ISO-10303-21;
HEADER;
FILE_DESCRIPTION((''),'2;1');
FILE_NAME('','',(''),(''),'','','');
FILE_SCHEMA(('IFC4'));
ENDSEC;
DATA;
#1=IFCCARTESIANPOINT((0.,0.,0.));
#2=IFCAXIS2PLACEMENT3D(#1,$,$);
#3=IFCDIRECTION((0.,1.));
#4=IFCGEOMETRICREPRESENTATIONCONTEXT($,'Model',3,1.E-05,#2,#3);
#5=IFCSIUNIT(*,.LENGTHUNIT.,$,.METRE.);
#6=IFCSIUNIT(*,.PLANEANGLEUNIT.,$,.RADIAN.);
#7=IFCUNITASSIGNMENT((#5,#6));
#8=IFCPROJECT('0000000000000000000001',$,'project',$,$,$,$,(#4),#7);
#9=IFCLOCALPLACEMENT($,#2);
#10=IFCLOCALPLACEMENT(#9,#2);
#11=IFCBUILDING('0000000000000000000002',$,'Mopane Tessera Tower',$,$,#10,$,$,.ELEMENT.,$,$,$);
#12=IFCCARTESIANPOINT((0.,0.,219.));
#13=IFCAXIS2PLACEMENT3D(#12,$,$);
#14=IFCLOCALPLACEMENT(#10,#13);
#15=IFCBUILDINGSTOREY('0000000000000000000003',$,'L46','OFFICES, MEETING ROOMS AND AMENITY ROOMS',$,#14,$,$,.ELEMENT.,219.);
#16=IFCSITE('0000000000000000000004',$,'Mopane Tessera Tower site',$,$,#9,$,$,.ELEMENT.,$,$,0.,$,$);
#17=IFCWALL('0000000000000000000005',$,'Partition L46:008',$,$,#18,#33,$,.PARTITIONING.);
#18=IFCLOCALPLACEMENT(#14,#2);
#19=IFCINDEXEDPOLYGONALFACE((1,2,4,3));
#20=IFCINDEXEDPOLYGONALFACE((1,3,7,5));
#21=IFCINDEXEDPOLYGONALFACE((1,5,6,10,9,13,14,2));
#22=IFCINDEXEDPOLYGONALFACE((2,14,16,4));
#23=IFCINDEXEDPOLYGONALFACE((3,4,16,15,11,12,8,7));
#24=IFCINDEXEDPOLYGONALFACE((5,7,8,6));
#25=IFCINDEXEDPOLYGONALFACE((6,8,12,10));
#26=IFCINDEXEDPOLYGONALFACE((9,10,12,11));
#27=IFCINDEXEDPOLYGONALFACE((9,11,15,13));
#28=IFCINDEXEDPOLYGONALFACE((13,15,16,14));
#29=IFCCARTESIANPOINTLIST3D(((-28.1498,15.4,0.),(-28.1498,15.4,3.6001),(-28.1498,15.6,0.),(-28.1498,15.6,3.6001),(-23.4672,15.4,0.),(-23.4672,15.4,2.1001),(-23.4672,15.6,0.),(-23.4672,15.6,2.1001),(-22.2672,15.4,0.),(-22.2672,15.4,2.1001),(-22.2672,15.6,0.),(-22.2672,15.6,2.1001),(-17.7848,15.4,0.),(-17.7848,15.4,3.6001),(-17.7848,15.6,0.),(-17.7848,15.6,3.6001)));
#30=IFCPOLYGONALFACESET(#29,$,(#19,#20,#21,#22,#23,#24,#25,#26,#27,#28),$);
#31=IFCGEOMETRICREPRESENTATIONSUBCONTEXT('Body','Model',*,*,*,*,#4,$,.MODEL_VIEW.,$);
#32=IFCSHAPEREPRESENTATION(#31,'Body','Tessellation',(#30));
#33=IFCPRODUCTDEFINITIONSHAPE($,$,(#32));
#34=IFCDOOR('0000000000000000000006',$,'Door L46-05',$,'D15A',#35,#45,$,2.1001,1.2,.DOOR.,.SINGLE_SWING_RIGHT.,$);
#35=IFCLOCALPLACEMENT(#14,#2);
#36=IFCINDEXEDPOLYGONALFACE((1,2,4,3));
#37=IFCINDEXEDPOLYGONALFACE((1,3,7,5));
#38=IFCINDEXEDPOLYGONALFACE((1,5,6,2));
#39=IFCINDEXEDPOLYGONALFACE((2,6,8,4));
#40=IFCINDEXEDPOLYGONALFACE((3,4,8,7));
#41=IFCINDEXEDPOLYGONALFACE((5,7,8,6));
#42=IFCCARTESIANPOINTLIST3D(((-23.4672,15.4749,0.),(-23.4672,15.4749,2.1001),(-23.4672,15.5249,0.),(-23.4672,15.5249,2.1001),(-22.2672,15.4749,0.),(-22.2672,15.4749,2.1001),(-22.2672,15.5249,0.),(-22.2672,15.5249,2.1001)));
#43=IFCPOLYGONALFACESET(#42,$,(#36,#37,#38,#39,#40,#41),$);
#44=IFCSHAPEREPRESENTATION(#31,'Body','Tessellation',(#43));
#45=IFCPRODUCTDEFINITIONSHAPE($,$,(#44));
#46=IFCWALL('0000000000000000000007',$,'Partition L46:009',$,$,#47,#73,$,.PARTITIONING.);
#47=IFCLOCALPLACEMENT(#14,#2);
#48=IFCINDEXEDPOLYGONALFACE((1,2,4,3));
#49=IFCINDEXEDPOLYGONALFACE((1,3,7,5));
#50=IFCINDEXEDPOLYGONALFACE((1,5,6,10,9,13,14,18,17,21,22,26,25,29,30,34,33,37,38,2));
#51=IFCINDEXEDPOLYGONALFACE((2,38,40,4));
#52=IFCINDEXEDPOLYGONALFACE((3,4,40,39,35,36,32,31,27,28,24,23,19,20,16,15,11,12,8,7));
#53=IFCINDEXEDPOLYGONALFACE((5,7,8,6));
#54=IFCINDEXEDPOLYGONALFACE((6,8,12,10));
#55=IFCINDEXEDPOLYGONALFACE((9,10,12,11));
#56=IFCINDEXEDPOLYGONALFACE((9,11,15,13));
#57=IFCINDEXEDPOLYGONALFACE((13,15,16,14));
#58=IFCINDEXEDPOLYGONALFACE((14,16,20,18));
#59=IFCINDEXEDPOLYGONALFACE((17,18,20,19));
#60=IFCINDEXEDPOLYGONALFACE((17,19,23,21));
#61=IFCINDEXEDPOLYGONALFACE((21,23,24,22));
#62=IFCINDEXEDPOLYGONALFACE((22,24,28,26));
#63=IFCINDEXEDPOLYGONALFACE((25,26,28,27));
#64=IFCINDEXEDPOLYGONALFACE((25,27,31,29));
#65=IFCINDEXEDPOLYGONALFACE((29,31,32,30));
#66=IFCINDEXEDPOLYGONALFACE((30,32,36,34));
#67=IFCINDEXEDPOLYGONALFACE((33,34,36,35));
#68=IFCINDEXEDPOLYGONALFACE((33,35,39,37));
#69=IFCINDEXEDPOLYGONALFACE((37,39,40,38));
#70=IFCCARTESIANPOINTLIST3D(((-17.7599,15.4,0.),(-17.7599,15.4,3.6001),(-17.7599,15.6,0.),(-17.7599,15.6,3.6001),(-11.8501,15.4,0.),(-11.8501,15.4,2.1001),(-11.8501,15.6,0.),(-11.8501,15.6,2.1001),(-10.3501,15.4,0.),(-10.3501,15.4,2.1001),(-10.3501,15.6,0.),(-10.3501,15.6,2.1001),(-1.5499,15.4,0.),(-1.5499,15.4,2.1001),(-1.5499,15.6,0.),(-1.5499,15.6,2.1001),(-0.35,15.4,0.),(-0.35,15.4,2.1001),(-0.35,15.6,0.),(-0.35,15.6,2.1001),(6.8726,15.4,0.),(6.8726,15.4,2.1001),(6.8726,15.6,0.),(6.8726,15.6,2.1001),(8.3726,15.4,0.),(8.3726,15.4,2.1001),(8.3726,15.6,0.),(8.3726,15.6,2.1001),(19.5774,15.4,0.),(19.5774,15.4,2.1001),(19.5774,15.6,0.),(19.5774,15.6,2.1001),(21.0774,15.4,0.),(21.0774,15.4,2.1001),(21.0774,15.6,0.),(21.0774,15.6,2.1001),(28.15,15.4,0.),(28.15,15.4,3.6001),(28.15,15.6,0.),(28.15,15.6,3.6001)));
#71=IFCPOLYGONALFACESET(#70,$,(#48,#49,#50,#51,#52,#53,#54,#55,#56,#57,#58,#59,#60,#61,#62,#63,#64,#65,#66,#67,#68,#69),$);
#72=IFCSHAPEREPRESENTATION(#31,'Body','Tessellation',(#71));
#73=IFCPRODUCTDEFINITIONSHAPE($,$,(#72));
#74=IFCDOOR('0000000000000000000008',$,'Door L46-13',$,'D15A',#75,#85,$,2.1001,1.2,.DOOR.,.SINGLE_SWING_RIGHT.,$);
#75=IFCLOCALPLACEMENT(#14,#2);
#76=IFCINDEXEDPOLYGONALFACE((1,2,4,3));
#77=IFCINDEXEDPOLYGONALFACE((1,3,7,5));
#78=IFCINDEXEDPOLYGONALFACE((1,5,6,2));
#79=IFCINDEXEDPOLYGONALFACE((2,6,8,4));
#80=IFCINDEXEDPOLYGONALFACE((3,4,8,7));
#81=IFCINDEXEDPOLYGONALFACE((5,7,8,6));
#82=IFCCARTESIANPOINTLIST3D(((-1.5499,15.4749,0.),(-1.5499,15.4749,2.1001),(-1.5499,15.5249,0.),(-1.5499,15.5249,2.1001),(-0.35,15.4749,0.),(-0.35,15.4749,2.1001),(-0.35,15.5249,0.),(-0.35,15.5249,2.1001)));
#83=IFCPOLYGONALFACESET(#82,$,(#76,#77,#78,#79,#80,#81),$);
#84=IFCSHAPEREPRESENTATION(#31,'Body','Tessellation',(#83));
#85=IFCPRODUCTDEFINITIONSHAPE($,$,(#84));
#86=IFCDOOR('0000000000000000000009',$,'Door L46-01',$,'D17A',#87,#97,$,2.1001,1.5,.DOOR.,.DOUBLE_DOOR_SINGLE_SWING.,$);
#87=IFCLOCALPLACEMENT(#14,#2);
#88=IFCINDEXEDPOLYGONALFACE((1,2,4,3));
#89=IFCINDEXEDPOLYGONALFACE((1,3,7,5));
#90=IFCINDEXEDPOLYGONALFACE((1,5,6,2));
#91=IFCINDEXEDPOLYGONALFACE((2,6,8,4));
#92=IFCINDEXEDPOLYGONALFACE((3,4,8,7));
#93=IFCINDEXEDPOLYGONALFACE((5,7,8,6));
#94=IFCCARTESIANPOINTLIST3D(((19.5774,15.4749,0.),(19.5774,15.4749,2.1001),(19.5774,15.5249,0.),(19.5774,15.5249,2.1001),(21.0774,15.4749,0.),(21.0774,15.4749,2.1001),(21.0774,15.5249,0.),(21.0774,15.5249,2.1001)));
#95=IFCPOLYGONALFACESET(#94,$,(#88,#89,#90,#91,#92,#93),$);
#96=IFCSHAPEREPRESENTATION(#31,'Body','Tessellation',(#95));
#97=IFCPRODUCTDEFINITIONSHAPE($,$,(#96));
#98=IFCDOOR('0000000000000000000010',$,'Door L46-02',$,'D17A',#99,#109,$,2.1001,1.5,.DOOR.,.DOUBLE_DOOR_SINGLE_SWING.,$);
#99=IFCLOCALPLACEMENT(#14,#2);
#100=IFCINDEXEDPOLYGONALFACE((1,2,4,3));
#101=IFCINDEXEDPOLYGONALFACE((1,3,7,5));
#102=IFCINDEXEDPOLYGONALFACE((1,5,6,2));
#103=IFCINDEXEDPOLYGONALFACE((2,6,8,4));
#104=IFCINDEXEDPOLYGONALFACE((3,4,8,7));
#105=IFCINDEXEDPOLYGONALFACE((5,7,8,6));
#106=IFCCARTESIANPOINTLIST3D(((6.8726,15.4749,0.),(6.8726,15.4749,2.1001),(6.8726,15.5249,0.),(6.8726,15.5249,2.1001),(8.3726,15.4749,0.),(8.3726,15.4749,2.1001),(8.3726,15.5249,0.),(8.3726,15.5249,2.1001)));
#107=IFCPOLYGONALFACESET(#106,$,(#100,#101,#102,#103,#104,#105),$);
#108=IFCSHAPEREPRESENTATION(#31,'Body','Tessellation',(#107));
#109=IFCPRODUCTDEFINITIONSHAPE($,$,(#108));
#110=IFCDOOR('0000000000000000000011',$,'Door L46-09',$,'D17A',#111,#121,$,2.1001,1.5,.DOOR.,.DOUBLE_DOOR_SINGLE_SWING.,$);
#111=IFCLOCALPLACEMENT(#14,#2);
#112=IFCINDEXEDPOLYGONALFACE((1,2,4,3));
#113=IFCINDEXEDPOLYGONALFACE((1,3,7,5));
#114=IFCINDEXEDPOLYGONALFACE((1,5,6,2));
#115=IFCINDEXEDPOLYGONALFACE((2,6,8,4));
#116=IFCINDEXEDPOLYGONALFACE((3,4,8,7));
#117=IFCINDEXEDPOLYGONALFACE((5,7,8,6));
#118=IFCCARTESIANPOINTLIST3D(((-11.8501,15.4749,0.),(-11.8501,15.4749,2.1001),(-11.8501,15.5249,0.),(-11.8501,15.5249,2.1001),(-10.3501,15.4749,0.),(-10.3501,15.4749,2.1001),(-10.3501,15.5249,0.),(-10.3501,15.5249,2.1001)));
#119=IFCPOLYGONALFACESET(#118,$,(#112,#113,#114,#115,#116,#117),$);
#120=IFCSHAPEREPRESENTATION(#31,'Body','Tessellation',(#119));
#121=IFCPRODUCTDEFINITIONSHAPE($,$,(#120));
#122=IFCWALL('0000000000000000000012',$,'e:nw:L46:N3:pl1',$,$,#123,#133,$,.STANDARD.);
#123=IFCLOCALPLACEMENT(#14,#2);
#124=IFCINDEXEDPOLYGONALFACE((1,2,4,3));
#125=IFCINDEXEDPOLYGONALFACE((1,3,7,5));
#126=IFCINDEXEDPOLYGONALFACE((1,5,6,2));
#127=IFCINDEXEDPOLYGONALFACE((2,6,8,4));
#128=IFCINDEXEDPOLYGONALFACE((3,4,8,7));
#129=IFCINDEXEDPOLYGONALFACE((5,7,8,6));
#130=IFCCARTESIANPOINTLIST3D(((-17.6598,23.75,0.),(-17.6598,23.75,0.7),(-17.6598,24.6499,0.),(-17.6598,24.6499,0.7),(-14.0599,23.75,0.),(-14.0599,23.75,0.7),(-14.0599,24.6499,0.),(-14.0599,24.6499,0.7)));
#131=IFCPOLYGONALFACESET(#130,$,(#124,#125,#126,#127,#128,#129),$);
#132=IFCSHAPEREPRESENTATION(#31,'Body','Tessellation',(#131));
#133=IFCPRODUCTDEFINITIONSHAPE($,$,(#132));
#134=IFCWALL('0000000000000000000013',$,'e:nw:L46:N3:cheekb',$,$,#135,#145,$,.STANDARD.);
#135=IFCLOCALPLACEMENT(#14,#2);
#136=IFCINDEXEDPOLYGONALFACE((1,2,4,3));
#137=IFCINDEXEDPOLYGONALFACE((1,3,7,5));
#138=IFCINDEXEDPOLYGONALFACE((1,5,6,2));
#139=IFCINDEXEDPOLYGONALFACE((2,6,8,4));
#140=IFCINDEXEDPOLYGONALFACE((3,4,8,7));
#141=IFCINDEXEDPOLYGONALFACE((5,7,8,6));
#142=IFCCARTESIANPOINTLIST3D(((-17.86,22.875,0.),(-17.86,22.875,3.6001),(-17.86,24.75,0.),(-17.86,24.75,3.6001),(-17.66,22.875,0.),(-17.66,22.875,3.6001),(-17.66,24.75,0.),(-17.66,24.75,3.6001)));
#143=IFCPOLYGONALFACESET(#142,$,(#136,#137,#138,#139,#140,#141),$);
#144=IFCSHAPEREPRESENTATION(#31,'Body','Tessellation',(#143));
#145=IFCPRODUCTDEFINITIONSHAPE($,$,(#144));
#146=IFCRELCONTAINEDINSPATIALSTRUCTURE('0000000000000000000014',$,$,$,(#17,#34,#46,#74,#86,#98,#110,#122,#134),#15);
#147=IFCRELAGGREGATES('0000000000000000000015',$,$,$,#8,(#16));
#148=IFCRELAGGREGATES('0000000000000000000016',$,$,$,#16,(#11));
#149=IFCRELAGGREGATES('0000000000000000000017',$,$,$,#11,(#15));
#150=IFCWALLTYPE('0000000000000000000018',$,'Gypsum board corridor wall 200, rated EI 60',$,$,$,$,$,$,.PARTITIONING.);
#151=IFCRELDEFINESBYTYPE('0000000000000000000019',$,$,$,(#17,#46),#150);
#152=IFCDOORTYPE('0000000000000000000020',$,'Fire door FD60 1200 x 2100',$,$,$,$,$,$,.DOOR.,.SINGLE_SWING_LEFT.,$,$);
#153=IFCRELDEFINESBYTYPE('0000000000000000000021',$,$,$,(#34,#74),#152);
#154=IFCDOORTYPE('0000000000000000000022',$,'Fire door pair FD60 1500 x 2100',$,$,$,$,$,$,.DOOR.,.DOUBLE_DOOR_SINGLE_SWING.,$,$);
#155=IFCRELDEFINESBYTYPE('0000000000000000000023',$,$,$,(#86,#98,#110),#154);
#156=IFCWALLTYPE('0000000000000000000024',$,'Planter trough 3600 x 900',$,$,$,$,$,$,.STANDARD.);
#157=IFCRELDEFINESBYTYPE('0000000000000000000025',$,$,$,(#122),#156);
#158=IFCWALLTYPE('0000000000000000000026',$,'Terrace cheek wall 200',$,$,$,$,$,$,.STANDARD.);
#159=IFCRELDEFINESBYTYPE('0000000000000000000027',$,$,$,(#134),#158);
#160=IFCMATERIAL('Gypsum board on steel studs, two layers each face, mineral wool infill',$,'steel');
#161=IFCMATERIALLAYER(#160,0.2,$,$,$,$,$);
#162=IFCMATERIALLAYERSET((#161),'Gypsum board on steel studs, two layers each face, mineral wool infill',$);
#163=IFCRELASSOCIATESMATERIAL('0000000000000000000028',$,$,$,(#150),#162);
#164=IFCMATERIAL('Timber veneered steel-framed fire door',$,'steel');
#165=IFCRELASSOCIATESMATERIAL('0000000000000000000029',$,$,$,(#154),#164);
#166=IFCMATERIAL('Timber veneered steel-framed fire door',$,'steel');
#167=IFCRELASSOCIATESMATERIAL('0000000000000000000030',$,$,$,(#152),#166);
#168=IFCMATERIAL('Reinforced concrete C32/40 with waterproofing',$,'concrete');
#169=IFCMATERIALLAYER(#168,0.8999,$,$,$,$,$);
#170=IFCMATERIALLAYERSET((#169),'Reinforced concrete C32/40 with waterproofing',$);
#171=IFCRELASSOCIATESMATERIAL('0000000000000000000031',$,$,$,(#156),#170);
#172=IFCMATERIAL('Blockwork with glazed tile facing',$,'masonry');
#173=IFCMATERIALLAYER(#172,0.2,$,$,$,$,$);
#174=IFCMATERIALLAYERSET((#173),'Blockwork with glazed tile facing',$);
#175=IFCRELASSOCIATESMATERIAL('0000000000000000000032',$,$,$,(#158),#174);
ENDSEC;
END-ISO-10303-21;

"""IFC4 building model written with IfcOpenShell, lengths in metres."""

from ifc_helpers import new_model, si_unit, direction, frame, frame_2d, origin, place, context, subcontext, project, spatial, rectangle, extrude, material, layer, layer_set, type_object, element, fill, save


model = new_model("IFC4")

# Units and contexts
model_context = context("Model", 3, precision=1e-05, world=origin(), true_north=direction((0.0, 1.0)))
body_context = subcontext(model_context, "Body", "Model", "MODEL_VIEW")
ifc_project = project(units=[si_unit("LENGTHUNIT", "METRE"), si_unit("PLANEANGLEUNIT", "RADIAN")], contexts=[model_context])

# Site, building, storey
site_placement = place(None, origin())
site = spatial("IfcSite", under=ifc_project, at=site_placement, Name="Mopane Tessera Tower site", CompositionType="ELEMENT", RefElevation=0.0)
building_placement = place(site_placement, origin())
building = spatial("IfcBuilding", under=site, at=building_placement, Name="Mopane Tessera Tower", CompositionType="ELEMENT")
storey_placement = place(building_placement, frame((0.0, 0.0, 219.0)))
storey = spatial("IfcBuildingStorey", under=building, at=storey_placement, Name="L46", Description="OFFICES, MEETING ROOMS AND AMENITY ROOMS", CompositionType="ELEMENT", Elevation=219.0)

# Wall, opening, door
ifc_material_1 = material(Name="Gypsum board on steel studs, two layers each face, mineral wool infill", Category="steel")
ifc_layer_1 = layer(ifc_material_1, 0.2)
ifc_layer_set_1 = layer_set([ifc_layer_1], Name="Gypsum board on steel studs, two layers each face, mineral wool infill")
wall_type_1 = type_object("IfcWallType", Name="Gypsum board corridor wall 200, rated EI 60", PredefinedType="PARTITIONING", material=ifc_layer_set_1)
ifc_material_2 = material(Name="Timber veneered steel-framed fire door", Category="steel")
door_type_1 = type_object("IfcDoorType", Name="Fire door pair FD60 1500 x 2100", OperationType="DOUBLE_DOOR_SINGLE_SWING", PredefinedType="DOOR", material=ifc_material_2)
wall_1_placement = place(storey_placement, frame((-28.1499, 15.5, 0.0), z_axis=(0.0, 0.0, 1.0), x_axis=(1.0, 0.0, 0.0)))
wall_1 = element("IfcWall", 1, at=wall_1_placement, inside=storey, type_object=wall_type_1, Name="Partition L46:008", PredefinedType="PARTITIONING", context=body_context, shape_type="SweptSolid", body=[
    extrude(rectangle(XDim=10.365, YDim=0.2, at=frame_2d((5.1826, 0.0))), origin(), (0.0, 0.0, 1.0), 3.6001),
])
opening_1_placement = place(wall_1_placement, frame((4.6826, 0.0, 0.0)))
opening_1 = element("IfcOpeningElement", 2, at=opening_1_placement, cuts=wall_1, PredefinedType="OPENING", context=body_context, shape_type="SweptSolid", body=[
    extrude(rectangle(XDim=1.2, YDim=2.1001, at=frame_2d((0.6001, 1.05))), frame((0.0, 0.1121, 0.0), z_axis=(0.0, -1.0, 0.0), x_axis=(1.0, 0.0, 0.0)), (0.0, 0.0, 1.0), 0.2239),
])
ifc_material_3 = material(Name="Timber veneered steel-framed fire door", Category="steel")
door_type_2 = type_object("IfcDoorType", Name="Fire door FD60 1200 x 2100", OperationType="SINGLE_SWING_LEFT", PredefinedType="DOOR", material=ifc_material_3)
door_1_placement = place(opening_1_placement, origin())
door_1 = element("IfcDoor", 3, at=door_1_placement, inside=storey, type_object=door_type_2, Name="Door L46-05", ObjectType="D15A", OperationType="SINGLE_SWING_RIGHT", OverallHeight=2.1001, OverallWidth=1.2, PredefinedType="DOOR", context=body_context, shape_type="SweptSolid", body=[
    extrude(rectangle(XDim=1.2, YDim=2.1001, at=frame_2d((0.6001, 1.05))), frame((0.0, 0.0249, 0.0), z_axis=(0.0, -1.0, 0.0), x_axis=(1.0, 0.0, 0.0)), (0.0, 0.0, 1.0), 0.05),
])
fill(opening_1, door_1)

# Wall, openings, doors
wall_2_placement = place(storey_placement, frame((-17.76, 15.5, 0.0), z_axis=(0.0, 0.0, 1.0), x_axis=(1.0, 0.0, 0.0)))
wall_2 = element("IfcWall", 4, at=wall_2_placement, inside=storey, type_object=wall_type_1, Name="Partition L46:009", PredefinedType="PARTITIONING", context=body_context, shape_type="SweptSolid", body=[
    extrude(rectangle(XDim=45.9099, YDim=0.2, at=frame_2d((22.9551, 0.0))), origin(), (0.0, 0.0, 1.0), 3.6001),
])
opening_2_placement = place(wall_2_placement, frame((37.3374, 0.0, 0.0)))
opening_2 = element("IfcOpeningElement", 5, at=opening_2_placement, cuts=wall_2, PredefinedType="OPENING", context=body_context, shape_type="SweptSolid", body=[
    extrude(rectangle(XDim=1.5, YDim=2.1001, at=frame_2d((0.75, 1.05))), frame((0.0, 0.1121, 0.0), z_axis=(0.0, -1.0, 0.0), x_axis=(1.0, 0.0, 0.0)), (0.0, 0.0, 1.0), 0.2239),
])
opening_3_placement = place(wall_2_placement, frame((24.6326, 0.0, 0.0)))
opening_3 = element("IfcOpeningElement", 6, at=opening_3_placement, cuts=wall_2, PredefinedType="OPENING", context=body_context, shape_type="SweptSolid", body=[
    extrude(rectangle(XDim=1.5, YDim=2.1001, at=frame_2d((0.75, 1.05))), frame((0.0, 0.1121, 0.0), z_axis=(0.0, -1.0, 0.0), x_axis=(1.0, 0.0, 0.0)), (0.0, 0.0, 1.0), 0.2239),
])
opening_4_placement = place(wall_2_placement, frame((5.9099, 0.0, 0.0)))
opening_4 = element("IfcOpeningElement", 7, at=opening_4_placement, cuts=wall_2, PredefinedType="OPENING", context=body_context, shape_type="SweptSolid", body=[
    extrude(rectangle(XDim=1.5, YDim=2.1001, at=frame_2d((0.75, 1.05))), frame((0.0, 0.1121, 0.0), z_axis=(0.0, -1.0, 0.0), x_axis=(1.0, 0.0, 0.0)), (0.0, 0.0, 1.0), 0.2239),
])
opening_5_placement = place(wall_2_placement, frame((16.21, 0.0, 0.0)))
opening_5 = element("IfcOpeningElement", 8, at=opening_5_placement, cuts=wall_2, PredefinedType="OPENING", context=body_context, shape_type="SweptSolid", body=[
    extrude(rectangle(XDim=1.2, YDim=2.1001, at=frame_2d((0.6001, 1.05))), frame((0.0, 0.1121, 0.0), z_axis=(0.0, -1.0, 0.0), x_axis=(1.0, 0.0, 0.0)), (0.0, 0.0, 1.0), 0.2239),
])
door_2_placement = place(opening_5_placement, origin())
door_2 = element("IfcDoor", 9, at=door_2_placement, inside=storey, type_object=door_type_2, Name="Door L46-13", ObjectType="D15A", OperationType="SINGLE_SWING_RIGHT", OverallHeight=2.1001, OverallWidth=1.2, PredefinedType="DOOR", context=body_context, shape_type="SweptSolid", body=[
    extrude(rectangle(XDim=1.2, YDim=2.1001, at=frame_2d((0.6001, 1.05))), frame((0.0, 0.0249, 0.0), z_axis=(0.0, -1.0, 0.0), x_axis=(1.0, 0.0, 0.0)), (0.0, 0.0, 1.0), 0.05),
])
fill(opening_5, door_2)
door_3_placement = place(opening_2_placement, origin())
door_3 = element("IfcDoor", 10, at=door_3_placement, inside=storey, type_object=door_type_1, Name="Door L46-01", ObjectType="D17A", OperationType="DOUBLE_DOOR_SINGLE_SWING", OverallHeight=2.1001, OverallWidth=1.5, PredefinedType="DOOR", context=body_context, shape_type="SweptSolid", body=[
    extrude(rectangle(XDim=1.5, YDim=2.1001, at=frame_2d((0.75, 1.05))), frame((0.0, 0.0249, 0.0), z_axis=(0.0, -1.0, 0.0), x_axis=(1.0, 0.0, 0.0)), (0.0, 0.0, 1.0), 0.05),
])
fill(opening_2, door_3)
door_4_placement = place(opening_3_placement, origin())
door_4 = element("IfcDoor", 11, at=door_4_placement, inside=storey, type_object=door_type_1, Name="Door L46-02", ObjectType="D17A", OperationType="DOUBLE_DOOR_SINGLE_SWING", OverallHeight=2.1001, OverallWidth=1.5, PredefinedType="DOOR", context=body_context, shape_type="SweptSolid", body=[
    extrude(rectangle(XDim=1.5, YDim=2.1001, at=frame_2d((0.75, 1.05))), frame((0.0, 0.0249, 0.0), z_axis=(0.0, -1.0, 0.0), x_axis=(1.0, 0.0, 0.0)), (0.0, 0.0, 1.0), 0.05),
])
fill(opening_3, door_4)
door_5_placement = place(opening_4_placement, origin())
door_5 = element("IfcDoor", 12, at=door_5_placement, inside=storey, type_object=door_type_1, Name="Door L46-09", ObjectType="D17A", OperationType="DOUBLE_DOOR_SINGLE_SWING", OverallHeight=2.1001, OverallWidth=1.5, PredefinedType="DOOR", context=body_context, shape_type="SweptSolid", body=[
    extrude(rectangle(XDim=1.5, YDim=2.1001, at=frame_2d((0.75, 1.05))), frame((0.0, 0.0249, 0.0), z_axis=(0.0, -1.0, 0.0), x_axis=(1.0, 0.0, 0.0)), (0.0, 0.0, 1.0), 0.05),
])
fill(opening_4, door_5)

# Walls
ifc_material_4 = material(Name="Reinforced concrete C32/40 with waterproofing", Category="concrete")
ifc_layer_2 = layer(ifc_material_4, 0.8999)
ifc_layer_set_2 = layer_set([ifc_layer_2], Name="Reinforced concrete C32/40 with waterproofing")
wall_type_2 = type_object("IfcWallType", Name="Planter trough 3600 x 900", PredefinedType="STANDARD", material=ifc_layer_set_2)
wall_3_placement = place(storey_placement, frame((-14.0601, 24.2, 0.0), z_axis=(0.0, 0.0, 1.0), x_axis=(-1.0, 0.0, 0.0)))
element("IfcWall", 13, at=wall_3_placement, inside=storey, type_object=wall_type_2, Name="e:nw:L46:N3:pl1", PredefinedType="STANDARD", context=body_context, shape_type="SweptSolid", body=[
    extrude(rectangle(XDim=3.5999, YDim=0.8999, at=frame_2d((1.7998, 0.0))), origin(), (0.0, 0.0, 1.0), 0.7),
])
ifc_material_5 = material(Name="Blockwork with glazed tile facing", Category="masonry")
ifc_layer_3 = layer(ifc_material_5, 0.2)
ifc_layer_set_3 = layer_set([ifc_layer_3], Name="Blockwork with glazed tile facing")
wall_type_3 = type_object("IfcWallType", Name="Terrace cheek wall 200", PredefinedType="STANDARD", material=ifc_layer_set_3)
wall_4_placement = place(storey_placement, frame((-17.76, 24.75, 0.0), z_axis=(0.0, 0.0, 1.0), x_axis=(0.0, -1.0, 0.0)))
element("IfcWall", 14, at=wall_4_placement, inside=storey, type_object=wall_type_3, Name="e:nw:L46:N3:cheekb", PredefinedType="STANDARD", context=body_context, shape_type="SweptSolid", body=[
    extrude(rectangle(XDim=1.875, YDim=0.2, at=frame_2d((0.9375, 0.0))), origin(), (0.0, 0.0, 1.0), 3.6001),
])

save(model, "model.ifc")
